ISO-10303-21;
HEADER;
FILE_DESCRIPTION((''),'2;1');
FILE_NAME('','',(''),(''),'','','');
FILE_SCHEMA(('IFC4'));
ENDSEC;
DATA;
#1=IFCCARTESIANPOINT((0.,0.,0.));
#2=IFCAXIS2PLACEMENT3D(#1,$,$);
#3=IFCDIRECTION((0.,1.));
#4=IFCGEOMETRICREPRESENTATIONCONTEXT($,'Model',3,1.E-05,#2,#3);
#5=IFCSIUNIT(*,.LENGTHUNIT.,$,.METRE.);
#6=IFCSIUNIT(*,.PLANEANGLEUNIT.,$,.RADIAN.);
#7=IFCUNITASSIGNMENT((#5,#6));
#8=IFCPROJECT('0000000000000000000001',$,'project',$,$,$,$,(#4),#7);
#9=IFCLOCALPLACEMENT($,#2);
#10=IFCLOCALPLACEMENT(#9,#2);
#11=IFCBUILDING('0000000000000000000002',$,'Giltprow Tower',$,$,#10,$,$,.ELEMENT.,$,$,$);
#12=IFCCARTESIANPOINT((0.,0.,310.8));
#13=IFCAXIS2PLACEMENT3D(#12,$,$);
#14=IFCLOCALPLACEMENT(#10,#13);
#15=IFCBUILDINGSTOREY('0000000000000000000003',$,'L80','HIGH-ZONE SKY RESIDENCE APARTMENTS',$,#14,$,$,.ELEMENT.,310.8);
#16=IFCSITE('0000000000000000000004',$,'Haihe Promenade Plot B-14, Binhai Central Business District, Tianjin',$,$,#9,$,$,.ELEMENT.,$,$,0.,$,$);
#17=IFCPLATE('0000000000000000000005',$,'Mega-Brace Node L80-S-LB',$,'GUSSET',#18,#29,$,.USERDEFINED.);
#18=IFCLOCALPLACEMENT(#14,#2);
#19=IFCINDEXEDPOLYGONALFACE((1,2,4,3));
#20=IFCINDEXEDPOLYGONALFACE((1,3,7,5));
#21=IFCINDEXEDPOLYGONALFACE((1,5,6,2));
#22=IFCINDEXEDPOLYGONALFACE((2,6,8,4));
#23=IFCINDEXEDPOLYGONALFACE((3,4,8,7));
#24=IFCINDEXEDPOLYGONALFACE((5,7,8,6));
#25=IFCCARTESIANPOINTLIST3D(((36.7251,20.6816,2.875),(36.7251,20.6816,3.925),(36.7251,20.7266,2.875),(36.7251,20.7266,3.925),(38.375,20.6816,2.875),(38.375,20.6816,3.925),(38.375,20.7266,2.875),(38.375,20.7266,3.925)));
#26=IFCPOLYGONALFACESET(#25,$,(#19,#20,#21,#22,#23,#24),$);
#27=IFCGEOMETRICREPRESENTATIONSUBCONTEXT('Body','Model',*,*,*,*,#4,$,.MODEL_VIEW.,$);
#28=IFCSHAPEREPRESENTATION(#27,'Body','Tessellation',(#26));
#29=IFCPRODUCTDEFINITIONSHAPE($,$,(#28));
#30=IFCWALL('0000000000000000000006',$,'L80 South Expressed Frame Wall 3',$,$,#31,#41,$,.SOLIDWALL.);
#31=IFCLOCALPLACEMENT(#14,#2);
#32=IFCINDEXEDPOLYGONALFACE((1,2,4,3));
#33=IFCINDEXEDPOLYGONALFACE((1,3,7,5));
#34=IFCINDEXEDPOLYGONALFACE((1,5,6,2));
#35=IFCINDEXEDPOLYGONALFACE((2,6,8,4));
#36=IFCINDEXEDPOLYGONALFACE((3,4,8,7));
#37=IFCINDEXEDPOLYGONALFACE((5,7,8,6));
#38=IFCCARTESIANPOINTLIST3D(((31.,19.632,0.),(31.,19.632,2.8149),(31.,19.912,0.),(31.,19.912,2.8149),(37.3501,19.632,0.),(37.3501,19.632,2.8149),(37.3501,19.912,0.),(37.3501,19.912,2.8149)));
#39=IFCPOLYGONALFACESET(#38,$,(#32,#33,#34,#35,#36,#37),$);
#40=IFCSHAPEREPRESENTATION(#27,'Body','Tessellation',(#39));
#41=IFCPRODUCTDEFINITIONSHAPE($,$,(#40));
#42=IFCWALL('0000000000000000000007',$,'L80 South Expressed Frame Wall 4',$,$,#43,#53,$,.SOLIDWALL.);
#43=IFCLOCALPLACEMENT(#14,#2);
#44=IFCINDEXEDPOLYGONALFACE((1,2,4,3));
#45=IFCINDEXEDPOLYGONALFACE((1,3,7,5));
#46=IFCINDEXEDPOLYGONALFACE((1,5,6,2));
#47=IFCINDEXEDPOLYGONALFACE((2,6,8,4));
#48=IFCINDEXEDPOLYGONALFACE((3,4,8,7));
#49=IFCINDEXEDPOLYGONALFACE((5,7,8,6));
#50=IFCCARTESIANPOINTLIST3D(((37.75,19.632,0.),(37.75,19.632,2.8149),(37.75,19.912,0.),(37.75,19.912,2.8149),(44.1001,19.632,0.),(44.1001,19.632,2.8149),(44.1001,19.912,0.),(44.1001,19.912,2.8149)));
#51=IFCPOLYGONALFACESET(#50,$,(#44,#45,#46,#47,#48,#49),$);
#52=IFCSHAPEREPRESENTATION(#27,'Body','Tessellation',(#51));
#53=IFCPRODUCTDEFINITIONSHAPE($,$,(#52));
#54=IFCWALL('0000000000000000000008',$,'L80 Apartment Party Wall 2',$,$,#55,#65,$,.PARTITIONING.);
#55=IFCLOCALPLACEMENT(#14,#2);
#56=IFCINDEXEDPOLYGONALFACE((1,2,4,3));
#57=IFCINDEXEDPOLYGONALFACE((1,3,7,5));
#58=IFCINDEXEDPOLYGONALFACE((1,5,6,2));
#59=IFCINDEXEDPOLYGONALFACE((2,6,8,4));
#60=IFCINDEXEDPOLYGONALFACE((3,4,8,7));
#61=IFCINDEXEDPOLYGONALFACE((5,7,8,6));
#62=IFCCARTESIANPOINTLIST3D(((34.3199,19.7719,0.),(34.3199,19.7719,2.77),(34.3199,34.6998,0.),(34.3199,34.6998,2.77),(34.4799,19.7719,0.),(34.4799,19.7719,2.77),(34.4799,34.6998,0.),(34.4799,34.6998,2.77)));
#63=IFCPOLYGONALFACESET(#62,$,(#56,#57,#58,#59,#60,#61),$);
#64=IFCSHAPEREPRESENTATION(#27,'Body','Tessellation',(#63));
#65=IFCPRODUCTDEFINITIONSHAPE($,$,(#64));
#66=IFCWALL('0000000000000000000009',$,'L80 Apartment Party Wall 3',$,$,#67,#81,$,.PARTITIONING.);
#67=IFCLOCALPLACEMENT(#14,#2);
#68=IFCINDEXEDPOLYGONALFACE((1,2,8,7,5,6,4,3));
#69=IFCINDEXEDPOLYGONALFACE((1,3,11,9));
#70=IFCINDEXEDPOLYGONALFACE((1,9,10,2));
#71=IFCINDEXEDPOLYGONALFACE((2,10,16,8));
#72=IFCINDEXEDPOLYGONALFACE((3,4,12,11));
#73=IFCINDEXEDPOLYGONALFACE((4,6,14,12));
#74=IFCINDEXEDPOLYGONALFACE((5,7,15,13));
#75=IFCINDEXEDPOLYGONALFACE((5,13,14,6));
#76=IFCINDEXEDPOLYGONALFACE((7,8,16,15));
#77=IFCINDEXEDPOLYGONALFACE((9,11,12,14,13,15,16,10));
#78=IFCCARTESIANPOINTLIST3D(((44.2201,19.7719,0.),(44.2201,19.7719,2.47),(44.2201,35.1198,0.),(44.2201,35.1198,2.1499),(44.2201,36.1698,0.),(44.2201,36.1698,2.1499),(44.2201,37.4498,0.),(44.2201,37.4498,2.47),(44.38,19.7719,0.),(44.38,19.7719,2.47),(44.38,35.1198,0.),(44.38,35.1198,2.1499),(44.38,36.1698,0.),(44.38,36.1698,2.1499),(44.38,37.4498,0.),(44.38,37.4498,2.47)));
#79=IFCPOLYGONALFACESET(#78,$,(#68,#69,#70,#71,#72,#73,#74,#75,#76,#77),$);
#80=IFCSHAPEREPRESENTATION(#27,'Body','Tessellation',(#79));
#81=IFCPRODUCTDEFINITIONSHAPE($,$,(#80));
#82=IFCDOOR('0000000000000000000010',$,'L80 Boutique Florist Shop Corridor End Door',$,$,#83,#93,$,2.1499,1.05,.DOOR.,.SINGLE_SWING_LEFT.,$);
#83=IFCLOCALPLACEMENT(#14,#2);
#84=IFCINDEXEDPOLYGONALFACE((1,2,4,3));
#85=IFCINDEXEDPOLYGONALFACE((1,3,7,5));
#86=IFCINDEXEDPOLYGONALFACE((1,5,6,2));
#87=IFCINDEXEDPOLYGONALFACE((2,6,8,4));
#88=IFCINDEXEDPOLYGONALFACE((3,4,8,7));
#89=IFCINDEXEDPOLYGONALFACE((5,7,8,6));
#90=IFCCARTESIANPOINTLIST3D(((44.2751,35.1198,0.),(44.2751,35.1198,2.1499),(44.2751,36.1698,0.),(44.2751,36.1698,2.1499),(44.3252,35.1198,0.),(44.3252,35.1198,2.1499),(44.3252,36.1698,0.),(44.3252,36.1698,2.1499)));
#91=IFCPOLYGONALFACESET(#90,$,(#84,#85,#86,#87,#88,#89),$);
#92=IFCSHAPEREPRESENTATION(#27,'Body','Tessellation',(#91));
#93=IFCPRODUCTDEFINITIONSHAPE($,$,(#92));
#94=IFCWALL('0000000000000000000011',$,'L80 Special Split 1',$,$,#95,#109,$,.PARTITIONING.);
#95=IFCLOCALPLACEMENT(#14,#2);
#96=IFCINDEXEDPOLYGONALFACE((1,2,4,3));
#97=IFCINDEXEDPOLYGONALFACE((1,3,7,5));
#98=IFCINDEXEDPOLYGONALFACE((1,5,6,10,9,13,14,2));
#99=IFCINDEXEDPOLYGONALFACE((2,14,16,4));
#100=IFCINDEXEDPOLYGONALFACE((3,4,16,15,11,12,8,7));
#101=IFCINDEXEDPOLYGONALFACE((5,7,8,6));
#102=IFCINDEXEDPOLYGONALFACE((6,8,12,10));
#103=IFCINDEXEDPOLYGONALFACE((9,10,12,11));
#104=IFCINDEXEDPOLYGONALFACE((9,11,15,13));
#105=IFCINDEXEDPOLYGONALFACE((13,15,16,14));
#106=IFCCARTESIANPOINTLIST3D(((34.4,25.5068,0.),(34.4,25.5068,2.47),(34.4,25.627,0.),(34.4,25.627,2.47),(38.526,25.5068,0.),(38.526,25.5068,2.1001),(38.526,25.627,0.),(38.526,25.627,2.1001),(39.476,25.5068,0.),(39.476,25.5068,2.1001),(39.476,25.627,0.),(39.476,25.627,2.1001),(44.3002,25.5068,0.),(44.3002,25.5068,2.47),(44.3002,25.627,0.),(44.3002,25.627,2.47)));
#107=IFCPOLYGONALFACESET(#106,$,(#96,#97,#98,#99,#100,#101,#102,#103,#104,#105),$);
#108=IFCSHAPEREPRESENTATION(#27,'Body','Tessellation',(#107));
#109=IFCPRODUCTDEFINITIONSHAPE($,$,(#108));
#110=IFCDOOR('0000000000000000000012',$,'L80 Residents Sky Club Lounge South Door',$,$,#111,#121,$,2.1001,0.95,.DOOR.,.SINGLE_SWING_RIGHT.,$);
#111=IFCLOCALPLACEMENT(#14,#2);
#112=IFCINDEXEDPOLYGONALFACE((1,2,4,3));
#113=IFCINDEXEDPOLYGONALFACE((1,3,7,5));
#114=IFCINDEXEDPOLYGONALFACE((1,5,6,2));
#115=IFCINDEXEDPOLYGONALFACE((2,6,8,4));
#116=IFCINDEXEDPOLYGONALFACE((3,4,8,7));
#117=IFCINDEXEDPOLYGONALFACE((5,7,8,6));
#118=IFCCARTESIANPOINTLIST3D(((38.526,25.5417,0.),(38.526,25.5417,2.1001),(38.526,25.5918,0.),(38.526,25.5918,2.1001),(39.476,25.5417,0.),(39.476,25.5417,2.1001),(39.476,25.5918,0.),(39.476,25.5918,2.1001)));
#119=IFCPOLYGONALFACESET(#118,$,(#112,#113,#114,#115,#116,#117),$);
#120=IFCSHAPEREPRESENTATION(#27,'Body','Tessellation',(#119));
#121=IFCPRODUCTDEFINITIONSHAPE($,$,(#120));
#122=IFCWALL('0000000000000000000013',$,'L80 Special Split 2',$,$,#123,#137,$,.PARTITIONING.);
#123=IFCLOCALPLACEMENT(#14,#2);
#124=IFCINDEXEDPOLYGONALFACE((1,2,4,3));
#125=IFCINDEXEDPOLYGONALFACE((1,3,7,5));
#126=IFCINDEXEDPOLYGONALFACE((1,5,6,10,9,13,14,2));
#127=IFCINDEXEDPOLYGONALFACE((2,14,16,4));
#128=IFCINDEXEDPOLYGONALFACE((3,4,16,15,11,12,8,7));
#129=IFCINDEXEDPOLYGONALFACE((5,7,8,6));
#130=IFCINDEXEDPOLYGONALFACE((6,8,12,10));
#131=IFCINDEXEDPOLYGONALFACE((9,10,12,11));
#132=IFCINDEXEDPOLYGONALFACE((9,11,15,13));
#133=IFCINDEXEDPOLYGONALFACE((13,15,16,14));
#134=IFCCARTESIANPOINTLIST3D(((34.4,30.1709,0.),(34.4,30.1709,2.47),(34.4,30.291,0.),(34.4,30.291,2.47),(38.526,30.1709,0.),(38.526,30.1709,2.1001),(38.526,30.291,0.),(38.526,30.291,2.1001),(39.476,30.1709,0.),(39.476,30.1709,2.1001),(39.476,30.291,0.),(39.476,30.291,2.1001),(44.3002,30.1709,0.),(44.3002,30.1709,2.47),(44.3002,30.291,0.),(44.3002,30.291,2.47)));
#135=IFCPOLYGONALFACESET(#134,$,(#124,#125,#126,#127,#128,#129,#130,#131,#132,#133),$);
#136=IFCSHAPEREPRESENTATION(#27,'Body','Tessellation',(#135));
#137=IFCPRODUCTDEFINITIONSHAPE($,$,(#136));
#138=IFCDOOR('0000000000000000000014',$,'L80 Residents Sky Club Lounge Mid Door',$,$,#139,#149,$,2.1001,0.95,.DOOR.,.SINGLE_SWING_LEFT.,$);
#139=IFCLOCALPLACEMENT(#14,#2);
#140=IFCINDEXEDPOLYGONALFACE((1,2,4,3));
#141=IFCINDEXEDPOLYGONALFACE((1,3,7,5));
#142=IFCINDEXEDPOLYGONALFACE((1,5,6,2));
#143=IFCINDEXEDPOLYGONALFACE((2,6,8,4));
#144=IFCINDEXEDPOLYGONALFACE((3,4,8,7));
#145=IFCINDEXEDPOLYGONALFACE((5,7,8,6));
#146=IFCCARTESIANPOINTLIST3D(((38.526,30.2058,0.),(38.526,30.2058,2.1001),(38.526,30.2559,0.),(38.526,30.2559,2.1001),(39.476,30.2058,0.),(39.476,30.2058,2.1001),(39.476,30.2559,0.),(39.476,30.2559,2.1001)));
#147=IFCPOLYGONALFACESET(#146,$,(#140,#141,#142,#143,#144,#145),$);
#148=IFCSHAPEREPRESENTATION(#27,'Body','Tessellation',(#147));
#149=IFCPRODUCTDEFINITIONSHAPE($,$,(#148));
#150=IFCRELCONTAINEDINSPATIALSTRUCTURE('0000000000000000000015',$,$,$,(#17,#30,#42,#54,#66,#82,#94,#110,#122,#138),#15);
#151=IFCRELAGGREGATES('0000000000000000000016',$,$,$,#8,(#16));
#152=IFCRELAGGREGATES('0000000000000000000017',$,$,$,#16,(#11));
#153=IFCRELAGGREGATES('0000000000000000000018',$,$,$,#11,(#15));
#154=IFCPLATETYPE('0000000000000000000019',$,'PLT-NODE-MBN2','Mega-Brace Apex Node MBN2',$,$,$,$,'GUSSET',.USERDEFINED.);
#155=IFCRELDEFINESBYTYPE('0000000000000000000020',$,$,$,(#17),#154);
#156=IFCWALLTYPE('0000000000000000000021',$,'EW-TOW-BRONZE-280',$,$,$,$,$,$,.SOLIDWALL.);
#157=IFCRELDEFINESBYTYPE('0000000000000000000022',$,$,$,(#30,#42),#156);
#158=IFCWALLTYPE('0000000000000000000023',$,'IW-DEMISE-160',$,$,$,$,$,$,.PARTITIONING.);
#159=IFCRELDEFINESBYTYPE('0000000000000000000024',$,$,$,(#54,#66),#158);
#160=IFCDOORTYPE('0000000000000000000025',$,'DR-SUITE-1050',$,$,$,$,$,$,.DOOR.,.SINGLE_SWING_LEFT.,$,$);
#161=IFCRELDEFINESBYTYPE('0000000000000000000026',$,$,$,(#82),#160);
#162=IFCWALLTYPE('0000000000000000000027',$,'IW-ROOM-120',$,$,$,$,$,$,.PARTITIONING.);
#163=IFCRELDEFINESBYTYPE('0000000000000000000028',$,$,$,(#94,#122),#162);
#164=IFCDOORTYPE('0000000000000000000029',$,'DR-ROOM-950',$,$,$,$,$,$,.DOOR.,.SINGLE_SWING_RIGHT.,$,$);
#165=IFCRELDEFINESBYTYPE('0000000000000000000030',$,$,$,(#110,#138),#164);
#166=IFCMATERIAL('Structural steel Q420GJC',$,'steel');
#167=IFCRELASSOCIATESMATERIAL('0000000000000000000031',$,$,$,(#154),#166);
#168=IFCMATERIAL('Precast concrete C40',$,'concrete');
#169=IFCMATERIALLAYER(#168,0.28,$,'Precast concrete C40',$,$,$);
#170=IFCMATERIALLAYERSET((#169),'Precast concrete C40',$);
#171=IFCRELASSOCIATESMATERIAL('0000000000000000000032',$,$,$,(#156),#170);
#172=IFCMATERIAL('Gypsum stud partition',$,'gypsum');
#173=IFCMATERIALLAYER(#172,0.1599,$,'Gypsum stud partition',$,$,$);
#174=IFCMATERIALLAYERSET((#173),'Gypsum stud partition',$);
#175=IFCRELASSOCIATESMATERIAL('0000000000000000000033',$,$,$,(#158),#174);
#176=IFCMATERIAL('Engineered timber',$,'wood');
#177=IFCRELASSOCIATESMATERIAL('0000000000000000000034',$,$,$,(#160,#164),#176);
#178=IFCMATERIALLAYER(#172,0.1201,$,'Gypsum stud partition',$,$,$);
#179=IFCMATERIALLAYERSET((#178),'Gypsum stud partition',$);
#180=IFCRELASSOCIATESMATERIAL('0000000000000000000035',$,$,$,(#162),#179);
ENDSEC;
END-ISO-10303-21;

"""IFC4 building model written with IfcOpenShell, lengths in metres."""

from ifc_helpers import new_model, si_unit, direction, frame, frame_2d, origin, origin_2d, place, context, subcontext, project, spatial, rectangle, extrude, source, transform, mapped, material, layer, layer_set, type_object, element, fill, save


model = new_model("IFC4")

# Units and contexts
model_context = context("Model", 3, precision=1e-05, world=origin(), true_north=direction((0.0, 1.0)))
body_context = subcontext(model_context, "Body", "Model", "MODEL_VIEW")
ifc_project = project(units=[si_unit("LENGTHUNIT", "METRE"), si_unit("PLANEANGLEUNIT", "RADIAN")], contexts=[model_context])

# Site, building, storey
site_placement = place(None, origin())
site = spatial("IfcSite", under=ifc_project, at=site_placement, Name="Haihe Promenade Plot B-14, Binhai Central Business District, Tianjin", CompositionType="ELEMENT", RefElevation=0.0)
building_placement = place(site_placement, origin())
building = spatial("IfcBuilding", under=site, at=building_placement, Name="Giltprow Tower", CompositionType="ELEMENT")
storey_placement = place(building_placement, frame((0.0, 0.0, 310.8)))
storey = spatial("IfcBuildingStorey", under=building, at=storey_placement, Name="L80", Description="HIGH-ZONE SKY RESIDENCE APARTMENTS", CompositionType="ELEMENT", Elevation=310.8)

# Shared definitions
ifc_material_1 = material(Name="Structural steel Q420GJC", Category="steel")

# Plate
plate_type_1 = type_object("IfcPlateType", Name="PLT-NODE-MBN2", Description="Mega-Brace Apex Node MBN2", ElementType="GUSSET", PredefinedType="USERDEFINED", material=ifc_material_1)
shared_shape_1 = source(origin(), body_context, "Body", "SweptSolid", [
    extrude(rectangle(XDim=1.6499, YDim=0.0449, at=origin_2d()), origin(), (0.0, 0.0, 1.0), 1.05),
])
plate_1_placement = place(storey_placement, frame((37.55, 20.7041, 2.875), z_axis=(0.0, 0.0, 1.0), x_axis=(1.0, 0.0, 0.0)))
element("IfcPlate", 1, at=plate_1_placement, inside=storey, type_object=plate_type_1, Name="Mega-Brace Node L80-S-LB", ObjectType="GUSSET", PredefinedType="USERDEFINED", context=body_context, shape_type="MappedRepresentation", body=[
    mapped(shared_shape_1, transform((0.0, 0.0, 0.0), x_axis=(1.0, 0.0, 0.0), y_axis=(0.0, 1.0, 0.0), z_axis=(0.0, 0.0, 1.0), scale=1.0)),
])

# Walls
ifc_material_2 = material(Name="Precast concrete C40", Category="concrete")
ifc_layer_1 = layer(ifc_material_2, 0.28, Name="Precast concrete C40")
ifc_layer_set_1 = layer_set([ifc_layer_1], Name="Precast concrete C40")
wall_type_1 = type_object("IfcWallType", Name="EW-TOW-BRONZE-280", PredefinedType="SOLIDWALL", material=ifc_layer_set_1)
for number, where, z_axis, x_axis, name in (
    (2, (31.0, 19.772, 0.0), (0.0, 0.0, 1.0), (1.0, 0.0, 0.0), "L80 South Expressed Frame Wall 3"),
    (3, (37.75, 19.772, 0.0), (0.0, 0.0, 1.0), (1.0, 0.0, 0.0), "L80 South Expressed Frame Wall 4"),
):
    element("IfcWall", number, at=place(storey_placement, frame(where, z_axis=z_axis, x_axis=x_axis)), inside=storey, type_object=wall_type_1, Name=name, PredefinedType="SOLIDWALL", context=body_context, shape_type="SweptSolid", body=[
        extrude(rectangle(XDim=6.3501, YDim=0.28, at=frame_2d((3.175, 0.0))), origin(), (0.0, 0.0, 1.0), 2.8149),
    ])
ifc_material_3 = material(Name="Gypsum stud partition", Category="gypsum")
ifc_layer_2 = layer(ifc_material_3, 0.1599, Name="Gypsum stud partition")
ifc_layer_set_2 = layer_set([ifc_layer_2], Name="Gypsum stud partition")
wall_type_2 = type_object("IfcWallType", Name="IW-DEMISE-160", PredefinedType="PARTITIONING", material=ifc_layer_set_2)
wall_1_placement = place(storey_placement, frame((34.3999, 19.772, 0.0), z_axis=(0.0, 0.0, 1.0), x_axis=(0.0, 1.0, 0.0)))
element("IfcWall", 4, at=wall_1_placement, inside=storey, type_object=wall_type_2, Name="L80 Apartment Party Wall 2", PredefinedType="PARTITIONING", context=body_context, shape_type="SweptSolid", body=[
    extrude(rectangle(XDim=14.928, YDim=0.1599, at=frame_2d((7.4639, 0.0))), origin(), (0.0, 0.0, 1.0), 2.77),
])

# Walls, openings, doors
wall_2_placement = place(storey_placement, frame((44.3, 19.772, 0.0), z_axis=(0.0, 0.0, 1.0), x_axis=(0.0, 1.0, 0.0)))
wall_2 = element("IfcWall", 5, at=wall_2_placement, inside=storey, type_object=wall_type_2, Name="L80 Apartment Party Wall 3", PredefinedType="PARTITIONING", context=body_context, shape_type="SweptSolid", body=[
    extrude(rectangle(XDim=17.678, YDim=0.1599, at=frame_2d((8.8389, 0.0))), origin(), (0.0, 0.0, 1.0), 2.47),
])
opening_1_placement = place(wall_2_placement, frame((15.3479, 0.0, 0.0)))
opening_1 = element("IfcOpeningElement", 6, at=opening_1_placement, cuts=wall_2, PredefinedType="OPENING", context=body_context, shape_type="SweptSolid", body=[
    extrude(rectangle(XDim=1.05, YDim=2.1499, at=frame_2d((0.5249, 1.075))), frame((0.0, 0.0898, 0.0), z_axis=(0.0, -1.0, 0.0), x_axis=(1.0, 0.0, 0.0)), (0.0, 0.0, 1.0), 0.1799),
])
ifc_material_4 = material(Name="Engineered timber", Category="wood")
door_type_1 = type_object("IfcDoorType", Name="DR-SUITE-1050", OperationType="SINGLE_SWING_LEFT", PredefinedType="DOOR", material=ifc_material_4)
shared_shape_2 = source(origin(), body_context, "Body", "SweptSolid", [
    extrude(rectangle(XDim=1.05, YDim=2.1499, at=frame_2d((0.5249, 1.075))), frame((0.0, 0.0249, 0.0), z_axis=(0.0, -1.0, 0.0), x_axis=(1.0, 0.0, 0.0)), (0.0, 0.0, 1.0), 0.05),
])
door_1_placement = place(opening_1_placement, origin())
door_1 = element("IfcDoor", 7, at=door_1_placement, inside=storey, type_object=door_type_1, Name="L80 Boutique Florist Shop Corridor End Door", OperationType="SINGLE_SWING_LEFT", OverallHeight=2.1499, OverallWidth=1.05, PredefinedType="DOOR", context=body_context, shape_type="MappedRepresentation", body=[
    mapped(shared_shape_2, transform((0.0, 0.0, 0.0), x_axis=(1.0, 0.0, 0.0), y_axis=(0.0, 1.0, 0.0), z_axis=(0.0, 0.0, 1.0), scale=1.0)),
])
fill(opening_1, door_1)
ifc_layer_3 = layer(ifc_material_3, 0.1201, Name="Gypsum stud partition")
ifc_layer_set_3 = layer_set([ifc_layer_3], Name="Gypsum stud partition")
wall_type_3 = type_object("IfcWallType", Name="IW-ROOM-120", PredefinedType="PARTITIONING", material=ifc_layer_set_3)
wall_3_placement = place(storey_placement, frame((34.3999, 25.5669, 0.0), z_axis=(0.0, 0.0, 1.0), x_axis=(1.0, 0.0, 0.0)))
wall_3 = element("IfcWall", 8, at=wall_3_placement, inside=storey, type_object=wall_type_3, Name="L80 Special Split 1", PredefinedType="PARTITIONING", context=body_context, shape_type="SweptSolid", body=[
    extrude(rectangle(XDim=9.9001, YDim=0.1201, at=frame_2d((4.9502, 0.0))), origin(), (0.0, 0.0, 1.0), 2.47),
])
opening_2_placement = place(wall_3_placement, frame((4.126, 0.0, 0.0)))
opening_2 = element("IfcOpeningElement", 9, at=opening_2_placement, cuts=wall_3, PredefinedType="OPENING", context=body_context, shape_type="SweptSolid", body=[
    extrude(rectangle(XDim=0.95, YDim=2.1001, at=frame_2d((0.4751, 1.05))), frame((0.0, 0.0701, 0.0), z_axis=(0.0, -1.0, 0.0), x_axis=(1.0, 0.0, 0.0)), (0.0, 0.0, 1.0), 0.1401),
])
door_type_2 = type_object("IfcDoorType", Name="DR-ROOM-950", OperationType="SINGLE_SWING_RIGHT", PredefinedType="DOOR", material=ifc_material_4)
shared_shape_3 = source(origin(), body_context, "Body", "SweptSolid", [
    extrude(rectangle(XDim=0.95, YDim=2.1001, at=frame_2d((0.4751, 1.05))), frame((0.0, 0.0249, 0.0), z_axis=(0.0, -1.0, 0.0), x_axis=(1.0, 0.0, 0.0)), (0.0, 0.0, 1.0), 0.05),
])
door_2_placement = place(opening_2_placement, origin())
door_2 = element("IfcDoor", 10, at=door_2_placement, inside=storey, type_object=door_type_2, Name="L80 Residents Sky Club Lounge South Door", OperationType="SINGLE_SWING_RIGHT", OverallHeight=2.1001, OverallWidth=0.95, PredefinedType="DOOR", context=body_context, shape_type="MappedRepresentation", body=[
    mapped(shared_shape_3, transform((0.0, 0.0, 0.0), x_axis=(1.0, 0.0, 0.0), y_axis=(0.0, 1.0, 0.0), z_axis=(0.0, 0.0, 1.0), scale=1.0)),
])
fill(opening_2, door_2)
wall_4_placement = place(storey_placement, frame((34.3999, 30.231, 0.0), z_axis=(0.0, 0.0, 1.0), x_axis=(1.0, 0.0, 0.0)))
wall_4 = element("IfcWall", 11, at=wall_4_placement, inside=storey, type_object=wall_type_3, Name="L80 Special Split 2", PredefinedType="PARTITIONING", context=body_context, shape_type="SweptSolid", body=[
    extrude(rectangle(XDim=9.9001, YDim=0.1201, at=frame_2d((4.9502, 0.0))), origin(), (0.0, 0.0, 1.0), 2.47),
])
opening_3_placement = place(wall_4_placement, frame((4.126, 0.0, 0.0)))
opening_3 = element("IfcOpeningElement", 12, at=opening_3_placement, cuts=wall_4, PredefinedType="OPENING", context=body_context, shape_type="SweptSolid", body=[
    extrude(rectangle(XDim=0.95, YDim=2.1001, at=frame_2d((0.4751, 1.05))), frame((0.0, 0.0701, 0.0), z_axis=(0.0, -1.0, 0.0), x_axis=(1.0, 0.0, 0.0)), (0.0, 0.0, 1.0), 0.1401),
])
door_3_placement = place(opening_3_placement, origin())
door_3 = element("IfcDoor", 13, at=door_3_placement, inside=storey, type_object=door_type_2, Name="L80 Residents Sky Club Lounge Mid Door", OperationType="SINGLE_SWING_LEFT", OverallHeight=2.1001, OverallWidth=0.95, PredefinedType="DOOR", context=body_context, shape_type="MappedRepresentation", body=[
    mapped(shared_shape_3, transform((0.0, 0.0, 0.0), x_axis=(1.0, 0.0, 0.0), y_axis=(0.0, 1.0, 0.0), z_axis=(0.0, 0.0, 1.0), scale=1.0)),
])
fill(opening_3, door_3)

save(model, "model.ifc")
